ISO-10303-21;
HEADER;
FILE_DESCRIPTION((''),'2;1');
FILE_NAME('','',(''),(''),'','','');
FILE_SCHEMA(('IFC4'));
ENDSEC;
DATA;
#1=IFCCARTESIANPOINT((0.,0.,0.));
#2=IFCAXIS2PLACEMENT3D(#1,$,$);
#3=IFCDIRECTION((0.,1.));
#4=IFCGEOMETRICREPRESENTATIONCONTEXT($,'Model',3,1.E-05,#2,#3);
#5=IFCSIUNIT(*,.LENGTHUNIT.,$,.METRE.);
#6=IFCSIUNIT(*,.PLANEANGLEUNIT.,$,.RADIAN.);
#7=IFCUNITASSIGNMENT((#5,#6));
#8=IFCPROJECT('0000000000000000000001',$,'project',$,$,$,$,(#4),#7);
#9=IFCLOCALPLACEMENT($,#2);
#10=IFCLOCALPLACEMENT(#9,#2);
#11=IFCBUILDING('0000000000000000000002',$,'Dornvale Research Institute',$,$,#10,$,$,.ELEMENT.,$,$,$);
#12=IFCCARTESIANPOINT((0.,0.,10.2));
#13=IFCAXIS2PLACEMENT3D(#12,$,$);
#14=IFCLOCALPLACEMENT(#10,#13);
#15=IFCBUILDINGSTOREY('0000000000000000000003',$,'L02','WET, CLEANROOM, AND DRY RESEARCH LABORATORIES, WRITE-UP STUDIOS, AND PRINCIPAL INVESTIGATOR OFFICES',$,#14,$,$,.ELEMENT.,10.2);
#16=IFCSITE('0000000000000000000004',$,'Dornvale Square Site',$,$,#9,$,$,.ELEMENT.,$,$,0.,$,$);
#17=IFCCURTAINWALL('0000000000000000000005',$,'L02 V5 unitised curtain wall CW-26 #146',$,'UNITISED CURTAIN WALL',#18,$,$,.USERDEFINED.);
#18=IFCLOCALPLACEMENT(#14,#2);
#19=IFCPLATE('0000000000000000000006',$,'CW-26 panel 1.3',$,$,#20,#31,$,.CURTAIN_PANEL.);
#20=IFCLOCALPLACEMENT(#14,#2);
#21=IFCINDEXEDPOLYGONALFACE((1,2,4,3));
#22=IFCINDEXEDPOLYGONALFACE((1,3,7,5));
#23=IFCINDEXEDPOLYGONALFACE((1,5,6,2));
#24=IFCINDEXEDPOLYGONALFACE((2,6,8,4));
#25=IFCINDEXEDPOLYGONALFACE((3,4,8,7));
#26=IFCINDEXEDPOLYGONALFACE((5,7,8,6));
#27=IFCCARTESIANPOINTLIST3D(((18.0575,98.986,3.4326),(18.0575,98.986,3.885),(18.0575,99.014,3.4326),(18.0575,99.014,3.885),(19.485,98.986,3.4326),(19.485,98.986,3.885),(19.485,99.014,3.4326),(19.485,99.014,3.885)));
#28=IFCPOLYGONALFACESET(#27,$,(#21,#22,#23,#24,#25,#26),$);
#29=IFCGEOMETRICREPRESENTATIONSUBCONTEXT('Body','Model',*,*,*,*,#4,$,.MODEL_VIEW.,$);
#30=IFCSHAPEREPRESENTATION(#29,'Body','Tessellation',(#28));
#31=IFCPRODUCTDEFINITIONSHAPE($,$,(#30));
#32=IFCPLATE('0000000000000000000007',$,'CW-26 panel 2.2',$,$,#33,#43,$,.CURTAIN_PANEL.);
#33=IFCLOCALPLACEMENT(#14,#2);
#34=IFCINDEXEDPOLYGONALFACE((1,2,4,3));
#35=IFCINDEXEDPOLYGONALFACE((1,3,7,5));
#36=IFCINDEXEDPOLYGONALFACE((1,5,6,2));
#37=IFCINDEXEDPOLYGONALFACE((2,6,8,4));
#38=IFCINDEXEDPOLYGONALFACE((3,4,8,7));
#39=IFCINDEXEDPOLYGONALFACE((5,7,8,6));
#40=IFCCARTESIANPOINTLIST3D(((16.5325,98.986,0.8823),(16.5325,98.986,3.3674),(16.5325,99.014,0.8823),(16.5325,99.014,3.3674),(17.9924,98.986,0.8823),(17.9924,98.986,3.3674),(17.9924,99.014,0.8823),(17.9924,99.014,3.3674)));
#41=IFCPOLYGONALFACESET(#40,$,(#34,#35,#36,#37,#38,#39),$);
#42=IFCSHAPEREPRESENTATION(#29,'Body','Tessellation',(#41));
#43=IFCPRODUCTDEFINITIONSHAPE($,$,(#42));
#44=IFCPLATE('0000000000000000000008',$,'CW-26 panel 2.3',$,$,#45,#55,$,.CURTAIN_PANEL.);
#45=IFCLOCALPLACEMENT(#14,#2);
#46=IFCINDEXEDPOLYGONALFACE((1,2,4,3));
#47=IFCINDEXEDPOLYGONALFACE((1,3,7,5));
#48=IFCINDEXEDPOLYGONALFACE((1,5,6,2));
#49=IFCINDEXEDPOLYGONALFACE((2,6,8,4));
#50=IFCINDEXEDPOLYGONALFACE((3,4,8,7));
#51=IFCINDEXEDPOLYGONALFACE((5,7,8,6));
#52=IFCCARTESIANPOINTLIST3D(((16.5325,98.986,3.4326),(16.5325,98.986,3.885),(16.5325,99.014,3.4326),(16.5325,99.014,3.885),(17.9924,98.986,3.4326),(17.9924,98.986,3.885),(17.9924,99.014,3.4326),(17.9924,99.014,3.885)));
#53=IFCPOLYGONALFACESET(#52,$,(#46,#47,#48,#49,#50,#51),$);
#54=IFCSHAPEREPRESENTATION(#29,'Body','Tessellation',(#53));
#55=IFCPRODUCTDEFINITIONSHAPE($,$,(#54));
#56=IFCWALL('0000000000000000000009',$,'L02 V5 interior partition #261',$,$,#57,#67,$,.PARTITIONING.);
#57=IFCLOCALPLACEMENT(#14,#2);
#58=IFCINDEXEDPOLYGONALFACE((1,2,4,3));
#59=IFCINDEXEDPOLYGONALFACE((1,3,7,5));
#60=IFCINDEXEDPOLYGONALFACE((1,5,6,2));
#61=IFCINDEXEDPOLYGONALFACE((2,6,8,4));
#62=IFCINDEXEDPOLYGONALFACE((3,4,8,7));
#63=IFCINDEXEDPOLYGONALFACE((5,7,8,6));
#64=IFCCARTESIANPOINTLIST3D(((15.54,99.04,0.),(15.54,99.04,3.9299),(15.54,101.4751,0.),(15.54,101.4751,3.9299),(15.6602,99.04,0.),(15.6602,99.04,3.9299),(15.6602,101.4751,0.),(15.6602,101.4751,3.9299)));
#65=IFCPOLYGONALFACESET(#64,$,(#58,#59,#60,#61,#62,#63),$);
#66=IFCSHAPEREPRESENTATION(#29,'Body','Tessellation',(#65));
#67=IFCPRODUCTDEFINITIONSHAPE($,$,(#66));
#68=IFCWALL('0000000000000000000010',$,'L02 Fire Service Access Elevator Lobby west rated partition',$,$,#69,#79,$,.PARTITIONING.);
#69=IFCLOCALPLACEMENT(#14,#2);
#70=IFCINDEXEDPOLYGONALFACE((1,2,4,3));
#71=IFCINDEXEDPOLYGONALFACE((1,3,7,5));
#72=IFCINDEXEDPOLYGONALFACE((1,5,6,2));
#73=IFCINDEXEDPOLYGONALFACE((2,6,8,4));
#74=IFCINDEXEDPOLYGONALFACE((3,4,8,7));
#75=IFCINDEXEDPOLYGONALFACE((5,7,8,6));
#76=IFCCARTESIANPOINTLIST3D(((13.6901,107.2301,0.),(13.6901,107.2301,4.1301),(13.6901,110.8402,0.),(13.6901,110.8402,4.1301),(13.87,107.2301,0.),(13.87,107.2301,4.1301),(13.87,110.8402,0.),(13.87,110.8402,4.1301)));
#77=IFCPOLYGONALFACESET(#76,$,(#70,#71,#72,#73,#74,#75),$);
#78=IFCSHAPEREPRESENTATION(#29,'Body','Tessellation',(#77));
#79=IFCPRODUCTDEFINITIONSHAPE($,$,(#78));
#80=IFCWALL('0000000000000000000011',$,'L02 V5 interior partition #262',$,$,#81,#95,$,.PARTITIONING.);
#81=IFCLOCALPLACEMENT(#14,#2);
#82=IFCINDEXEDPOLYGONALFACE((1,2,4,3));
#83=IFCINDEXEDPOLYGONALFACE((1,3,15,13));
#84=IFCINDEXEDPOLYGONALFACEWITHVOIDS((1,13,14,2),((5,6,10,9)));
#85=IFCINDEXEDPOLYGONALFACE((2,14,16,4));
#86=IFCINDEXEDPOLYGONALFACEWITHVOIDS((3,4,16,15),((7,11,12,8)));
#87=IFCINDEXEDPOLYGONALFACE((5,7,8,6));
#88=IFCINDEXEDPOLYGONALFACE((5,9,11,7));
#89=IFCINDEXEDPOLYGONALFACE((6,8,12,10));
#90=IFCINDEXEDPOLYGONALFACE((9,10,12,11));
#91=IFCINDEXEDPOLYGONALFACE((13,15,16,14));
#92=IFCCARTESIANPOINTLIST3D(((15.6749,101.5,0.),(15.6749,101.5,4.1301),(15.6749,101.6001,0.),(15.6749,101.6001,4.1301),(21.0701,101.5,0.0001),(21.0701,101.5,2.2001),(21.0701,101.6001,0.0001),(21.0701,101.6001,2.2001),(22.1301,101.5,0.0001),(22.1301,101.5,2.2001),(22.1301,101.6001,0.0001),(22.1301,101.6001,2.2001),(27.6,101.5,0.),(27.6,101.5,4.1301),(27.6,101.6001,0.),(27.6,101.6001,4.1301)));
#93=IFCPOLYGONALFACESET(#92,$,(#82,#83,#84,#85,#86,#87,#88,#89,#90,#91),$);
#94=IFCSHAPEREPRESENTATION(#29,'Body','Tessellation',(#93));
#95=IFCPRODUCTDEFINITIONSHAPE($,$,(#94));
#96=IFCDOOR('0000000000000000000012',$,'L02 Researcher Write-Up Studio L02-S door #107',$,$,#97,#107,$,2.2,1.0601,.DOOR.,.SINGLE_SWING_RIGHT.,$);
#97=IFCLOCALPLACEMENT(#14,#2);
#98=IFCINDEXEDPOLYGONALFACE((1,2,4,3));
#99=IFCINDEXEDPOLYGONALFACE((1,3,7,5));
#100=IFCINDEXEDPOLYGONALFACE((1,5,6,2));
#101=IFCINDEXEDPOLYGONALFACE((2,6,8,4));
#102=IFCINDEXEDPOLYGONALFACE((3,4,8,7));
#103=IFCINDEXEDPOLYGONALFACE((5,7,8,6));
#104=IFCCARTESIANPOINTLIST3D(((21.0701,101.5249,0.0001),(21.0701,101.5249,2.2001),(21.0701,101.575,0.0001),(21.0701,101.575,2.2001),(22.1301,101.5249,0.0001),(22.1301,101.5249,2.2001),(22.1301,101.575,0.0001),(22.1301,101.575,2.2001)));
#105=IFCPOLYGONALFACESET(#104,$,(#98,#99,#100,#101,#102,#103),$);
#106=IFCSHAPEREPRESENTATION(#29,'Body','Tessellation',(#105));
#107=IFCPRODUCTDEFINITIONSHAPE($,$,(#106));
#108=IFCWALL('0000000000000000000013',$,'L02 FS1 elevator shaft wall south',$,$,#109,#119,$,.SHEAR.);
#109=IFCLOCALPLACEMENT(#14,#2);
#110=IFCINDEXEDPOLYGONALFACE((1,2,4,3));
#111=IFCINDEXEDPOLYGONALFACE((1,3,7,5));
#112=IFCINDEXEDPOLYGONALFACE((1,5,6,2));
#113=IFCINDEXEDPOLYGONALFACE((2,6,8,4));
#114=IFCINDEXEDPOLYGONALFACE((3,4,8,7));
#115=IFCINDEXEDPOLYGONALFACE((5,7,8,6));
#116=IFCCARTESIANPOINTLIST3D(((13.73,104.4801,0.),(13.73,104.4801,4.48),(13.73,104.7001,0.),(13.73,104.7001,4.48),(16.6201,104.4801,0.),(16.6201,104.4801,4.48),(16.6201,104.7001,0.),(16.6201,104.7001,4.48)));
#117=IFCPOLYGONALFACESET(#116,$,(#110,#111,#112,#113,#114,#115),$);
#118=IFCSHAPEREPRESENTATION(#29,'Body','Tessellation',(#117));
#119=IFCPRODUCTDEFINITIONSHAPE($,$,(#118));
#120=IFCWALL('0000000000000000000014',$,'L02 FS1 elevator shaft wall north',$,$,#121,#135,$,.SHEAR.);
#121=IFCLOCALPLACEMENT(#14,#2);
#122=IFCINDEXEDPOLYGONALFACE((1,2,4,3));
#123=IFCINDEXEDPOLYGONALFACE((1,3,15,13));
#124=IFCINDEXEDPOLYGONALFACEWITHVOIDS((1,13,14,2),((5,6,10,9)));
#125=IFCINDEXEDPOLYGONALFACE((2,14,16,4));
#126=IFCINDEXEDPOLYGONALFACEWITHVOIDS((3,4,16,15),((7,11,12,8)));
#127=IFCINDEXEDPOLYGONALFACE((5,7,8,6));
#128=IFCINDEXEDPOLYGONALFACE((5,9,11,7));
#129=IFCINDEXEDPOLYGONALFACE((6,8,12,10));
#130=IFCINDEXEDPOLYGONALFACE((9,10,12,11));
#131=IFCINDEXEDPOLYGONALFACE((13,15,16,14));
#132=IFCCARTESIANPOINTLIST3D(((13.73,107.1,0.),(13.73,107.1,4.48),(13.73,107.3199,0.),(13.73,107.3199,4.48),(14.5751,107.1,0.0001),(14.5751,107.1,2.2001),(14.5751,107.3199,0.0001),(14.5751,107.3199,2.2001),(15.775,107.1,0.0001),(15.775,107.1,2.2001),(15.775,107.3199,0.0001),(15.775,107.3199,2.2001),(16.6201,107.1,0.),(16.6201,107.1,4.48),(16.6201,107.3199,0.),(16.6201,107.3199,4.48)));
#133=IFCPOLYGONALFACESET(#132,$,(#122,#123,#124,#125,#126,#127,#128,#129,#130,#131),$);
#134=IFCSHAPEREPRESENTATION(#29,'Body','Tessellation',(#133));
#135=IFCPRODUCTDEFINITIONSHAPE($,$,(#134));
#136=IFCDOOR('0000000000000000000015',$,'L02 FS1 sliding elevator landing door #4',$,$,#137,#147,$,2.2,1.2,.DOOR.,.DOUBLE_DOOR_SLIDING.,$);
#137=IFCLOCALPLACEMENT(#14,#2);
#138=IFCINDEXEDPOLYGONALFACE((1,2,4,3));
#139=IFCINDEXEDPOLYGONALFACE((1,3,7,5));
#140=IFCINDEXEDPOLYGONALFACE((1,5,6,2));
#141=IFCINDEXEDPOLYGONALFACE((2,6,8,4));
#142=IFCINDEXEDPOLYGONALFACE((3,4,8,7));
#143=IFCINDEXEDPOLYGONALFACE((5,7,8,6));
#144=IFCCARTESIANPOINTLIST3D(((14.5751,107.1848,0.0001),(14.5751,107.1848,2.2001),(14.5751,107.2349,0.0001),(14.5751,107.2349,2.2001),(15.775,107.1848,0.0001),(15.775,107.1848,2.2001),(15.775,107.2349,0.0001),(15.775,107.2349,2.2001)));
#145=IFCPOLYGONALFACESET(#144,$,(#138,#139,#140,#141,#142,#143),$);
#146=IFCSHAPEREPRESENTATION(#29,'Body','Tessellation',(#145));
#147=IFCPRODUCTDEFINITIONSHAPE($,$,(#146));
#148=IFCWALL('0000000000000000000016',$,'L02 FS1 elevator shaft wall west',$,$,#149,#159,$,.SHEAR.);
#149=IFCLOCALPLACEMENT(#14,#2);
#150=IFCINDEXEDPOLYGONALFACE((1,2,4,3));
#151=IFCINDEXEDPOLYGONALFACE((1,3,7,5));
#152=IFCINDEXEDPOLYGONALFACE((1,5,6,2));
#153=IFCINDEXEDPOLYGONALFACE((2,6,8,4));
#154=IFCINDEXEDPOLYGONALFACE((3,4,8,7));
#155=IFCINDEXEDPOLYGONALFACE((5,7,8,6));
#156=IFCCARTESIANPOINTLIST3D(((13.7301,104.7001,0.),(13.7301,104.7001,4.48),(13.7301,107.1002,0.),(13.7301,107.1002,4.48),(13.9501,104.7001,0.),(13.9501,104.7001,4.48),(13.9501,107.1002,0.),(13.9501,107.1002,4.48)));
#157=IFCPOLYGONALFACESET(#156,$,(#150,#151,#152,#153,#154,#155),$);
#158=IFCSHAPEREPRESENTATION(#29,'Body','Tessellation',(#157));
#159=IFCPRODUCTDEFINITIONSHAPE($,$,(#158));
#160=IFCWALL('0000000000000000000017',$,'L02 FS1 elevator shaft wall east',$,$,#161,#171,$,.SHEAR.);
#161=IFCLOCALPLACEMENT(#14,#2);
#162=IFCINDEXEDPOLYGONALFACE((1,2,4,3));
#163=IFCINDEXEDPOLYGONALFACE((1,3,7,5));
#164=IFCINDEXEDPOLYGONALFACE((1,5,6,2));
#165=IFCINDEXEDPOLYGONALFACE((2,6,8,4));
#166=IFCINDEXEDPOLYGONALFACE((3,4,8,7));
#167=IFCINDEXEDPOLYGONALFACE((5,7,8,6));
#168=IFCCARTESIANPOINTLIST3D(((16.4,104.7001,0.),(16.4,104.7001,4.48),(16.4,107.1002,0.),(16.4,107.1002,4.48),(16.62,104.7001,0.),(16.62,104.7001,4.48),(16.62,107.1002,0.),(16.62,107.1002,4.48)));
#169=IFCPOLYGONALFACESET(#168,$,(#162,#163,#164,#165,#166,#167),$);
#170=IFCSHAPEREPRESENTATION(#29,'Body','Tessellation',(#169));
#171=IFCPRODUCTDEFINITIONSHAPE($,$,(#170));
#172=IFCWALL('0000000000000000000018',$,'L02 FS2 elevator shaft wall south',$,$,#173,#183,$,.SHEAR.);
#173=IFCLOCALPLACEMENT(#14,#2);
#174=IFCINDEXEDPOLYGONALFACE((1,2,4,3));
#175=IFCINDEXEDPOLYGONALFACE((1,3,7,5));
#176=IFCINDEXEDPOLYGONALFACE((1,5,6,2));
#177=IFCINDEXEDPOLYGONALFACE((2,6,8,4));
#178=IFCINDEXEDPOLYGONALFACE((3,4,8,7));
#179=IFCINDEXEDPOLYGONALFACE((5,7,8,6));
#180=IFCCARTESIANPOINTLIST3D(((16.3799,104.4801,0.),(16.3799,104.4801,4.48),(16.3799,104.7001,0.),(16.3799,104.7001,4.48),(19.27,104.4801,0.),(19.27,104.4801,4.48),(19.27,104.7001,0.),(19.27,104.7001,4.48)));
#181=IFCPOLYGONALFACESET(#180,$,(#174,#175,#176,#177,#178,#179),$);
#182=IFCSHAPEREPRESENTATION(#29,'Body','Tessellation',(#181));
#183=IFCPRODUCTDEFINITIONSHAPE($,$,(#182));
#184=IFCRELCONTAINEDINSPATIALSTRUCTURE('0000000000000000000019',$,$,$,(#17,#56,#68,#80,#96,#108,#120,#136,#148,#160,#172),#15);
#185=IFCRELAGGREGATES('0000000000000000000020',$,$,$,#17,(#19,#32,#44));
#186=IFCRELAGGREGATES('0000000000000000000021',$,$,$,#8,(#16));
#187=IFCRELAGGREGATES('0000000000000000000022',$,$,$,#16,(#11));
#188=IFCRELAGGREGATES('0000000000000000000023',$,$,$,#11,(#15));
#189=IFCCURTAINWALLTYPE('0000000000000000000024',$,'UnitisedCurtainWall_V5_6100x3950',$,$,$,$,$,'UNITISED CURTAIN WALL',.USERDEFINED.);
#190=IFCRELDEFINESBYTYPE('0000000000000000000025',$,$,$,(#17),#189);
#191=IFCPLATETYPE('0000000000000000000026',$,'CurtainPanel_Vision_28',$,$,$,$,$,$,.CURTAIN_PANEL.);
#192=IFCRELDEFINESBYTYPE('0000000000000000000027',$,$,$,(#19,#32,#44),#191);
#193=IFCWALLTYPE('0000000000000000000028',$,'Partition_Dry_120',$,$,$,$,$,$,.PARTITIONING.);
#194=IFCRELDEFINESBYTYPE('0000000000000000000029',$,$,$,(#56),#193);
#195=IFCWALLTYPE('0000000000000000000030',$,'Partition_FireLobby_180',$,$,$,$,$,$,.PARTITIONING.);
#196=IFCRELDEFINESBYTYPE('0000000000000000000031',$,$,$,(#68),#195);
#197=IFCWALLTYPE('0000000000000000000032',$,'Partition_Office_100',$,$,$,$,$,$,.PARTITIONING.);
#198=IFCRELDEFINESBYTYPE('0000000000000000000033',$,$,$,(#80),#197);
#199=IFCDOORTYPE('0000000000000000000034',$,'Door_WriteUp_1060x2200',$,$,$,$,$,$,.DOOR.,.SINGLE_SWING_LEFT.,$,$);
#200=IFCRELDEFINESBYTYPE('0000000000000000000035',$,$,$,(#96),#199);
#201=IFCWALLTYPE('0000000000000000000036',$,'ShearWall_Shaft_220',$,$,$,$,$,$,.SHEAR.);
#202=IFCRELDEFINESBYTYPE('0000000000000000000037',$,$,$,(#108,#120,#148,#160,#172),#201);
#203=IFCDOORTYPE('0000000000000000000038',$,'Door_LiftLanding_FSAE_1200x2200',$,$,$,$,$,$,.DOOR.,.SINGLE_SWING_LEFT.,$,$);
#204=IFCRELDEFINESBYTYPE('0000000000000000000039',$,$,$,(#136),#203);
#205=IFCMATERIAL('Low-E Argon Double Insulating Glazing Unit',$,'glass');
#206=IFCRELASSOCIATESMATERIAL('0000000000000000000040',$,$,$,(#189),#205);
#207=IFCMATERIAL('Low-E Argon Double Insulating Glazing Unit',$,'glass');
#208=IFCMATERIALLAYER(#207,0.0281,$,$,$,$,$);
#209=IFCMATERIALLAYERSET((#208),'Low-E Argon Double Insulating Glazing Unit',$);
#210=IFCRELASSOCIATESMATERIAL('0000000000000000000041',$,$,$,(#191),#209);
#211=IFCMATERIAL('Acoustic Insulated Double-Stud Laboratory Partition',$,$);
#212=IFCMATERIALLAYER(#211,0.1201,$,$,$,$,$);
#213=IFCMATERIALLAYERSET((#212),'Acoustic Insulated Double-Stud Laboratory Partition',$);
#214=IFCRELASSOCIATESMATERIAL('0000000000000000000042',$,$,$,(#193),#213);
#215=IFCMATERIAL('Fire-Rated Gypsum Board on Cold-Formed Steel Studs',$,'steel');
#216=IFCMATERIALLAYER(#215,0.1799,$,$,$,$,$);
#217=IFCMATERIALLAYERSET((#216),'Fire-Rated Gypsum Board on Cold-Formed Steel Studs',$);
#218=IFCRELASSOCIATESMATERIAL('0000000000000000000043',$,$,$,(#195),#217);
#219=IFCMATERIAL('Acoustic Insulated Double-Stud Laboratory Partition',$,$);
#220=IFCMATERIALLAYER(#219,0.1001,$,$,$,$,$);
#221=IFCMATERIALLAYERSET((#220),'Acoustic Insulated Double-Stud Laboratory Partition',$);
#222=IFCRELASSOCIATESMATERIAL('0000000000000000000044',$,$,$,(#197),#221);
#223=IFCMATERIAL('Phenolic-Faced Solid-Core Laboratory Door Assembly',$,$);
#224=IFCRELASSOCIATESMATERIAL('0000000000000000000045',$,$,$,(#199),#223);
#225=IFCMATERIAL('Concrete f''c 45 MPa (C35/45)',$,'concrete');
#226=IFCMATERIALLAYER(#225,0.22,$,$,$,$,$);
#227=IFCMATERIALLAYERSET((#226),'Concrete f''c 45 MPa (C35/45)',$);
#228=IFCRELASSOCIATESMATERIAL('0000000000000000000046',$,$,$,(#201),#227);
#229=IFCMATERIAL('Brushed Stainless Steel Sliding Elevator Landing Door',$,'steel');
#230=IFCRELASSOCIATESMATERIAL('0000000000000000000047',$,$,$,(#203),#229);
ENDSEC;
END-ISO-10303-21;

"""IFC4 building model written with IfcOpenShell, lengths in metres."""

from ifc_helpers import new_model, si_unit, direction, frame, frame_2d, origin, origin_2d, place, context, subcontext, project, spatial, rectangle, extrude, material, layer, layer_set, type_object, element, fill, aggregate, save


model = new_model("IFC4")

# Units and contexts
model_context = context("Model", 3, precision=1e-05, world=origin(), true_north=direction((0.0, 1.0)))
body_context = subcontext(model_context, "Body", "Model", "MODEL_VIEW")
ifc_project = project(units=[si_unit("LENGTHUNIT", "METRE"), si_unit("PLANEANGLEUNIT", "RADIAN")], contexts=[model_context])

# Site, building, storey
site_placement = place(None, origin())
site = spatial("IfcSite", under=ifc_project, at=site_placement, Name="Dornvale Square Site", CompositionType="ELEMENT", RefElevation=0.0)
building_placement = place(site_placement, origin())
building = spatial("IfcBuilding", under=site, at=building_placement, Name="Dornvale Research Institute", CompositionType="ELEMENT")
storey_placement = place(building_placement, frame((0.0, 0.0, 10.2)))
storey = spatial("IfcBuildingStorey", under=building, at=storey_placement, Name="L02", Description="WET, CLEANROOM, AND DRY RESEARCH LABORATORIES, WRITE-UP STUDIOS, AND PRINCIPAL INVESTIGATOR OFFICES", CompositionType="ELEMENT", Elevation=10.2)

# Curtain wall, plates
ifc_material_1 = material(Name="Low-E Argon Double Insulating Glazing Unit", Category="glass")
curtain_wall_type = type_object("IfcCurtainWallType", Name="UnitisedCurtainWall_V5_6100x3950", ElementType="UNITISED CURTAIN WALL", PredefinedType="USERDEFINED", material=ifc_material_1)
curtain_wall_placement = place(storey_placement, origin())
curtain_wall = element("IfcCurtainWall", 1, at=curtain_wall_placement, inside=storey, type_object=curtain_wall_type, Name="L02 V5 unitised curtain wall CW-26 #146", ObjectType="UNITISED CURTAIN WALL", PredefinedType="USERDEFINED")
ifc_material_2 = material(Name="Low-E Argon Double Insulating Glazing Unit", Category="glass")
ifc_layer_1 = layer(ifc_material_2, 0.0281)
ifc_layer_set_1 = layer_set([ifc_layer_1], Name="Low-E Argon Double Insulating Glazing Unit")
plate_type_1 = type_object("IfcPlateType", Name="CurtainPanel_Vision_28", PredefinedType="CURTAIN_PANEL", material=ifc_layer_set_1)
plate_1_placement = place(storey_placement, frame((18.7712, 99.0, 3.4326), z_axis=(0.0, 0.0, 1.0), x_axis=(-1.0, 0.0, 0.0)))
plate_1 = element("IfcPlate", 2, at=plate_1_placement, type_object=plate_type_1, Name="CW-26 panel 1.3", PredefinedType="CURTAIN_PANEL", context=body_context, shape_type="SweptSolid", body=[
    extrude(rectangle(XDim=1.4275, YDim=0.0281, at=origin_2d()), origin(), (0.0, 0.0, 1.0), 0.4524),
])
plate_2_placement = place(storey_placement, frame((17.2625, 99.0, 0.8823), z_axis=(0.0, 0.0, 1.0), x_axis=(-1.0, 0.0, 0.0)))
plate_2 = element("IfcPlate", 3, at=plate_2_placement, type_object=plate_type_1, Name="CW-26 panel 2.2", PredefinedType="CURTAIN_PANEL", context=body_context, shape_type="SweptSolid", body=[
    extrude(rectangle(XDim=1.46, YDim=0.0281, at=origin_2d()), origin(), (0.0, 0.0, 1.0), 2.4851),
])
plate_3_placement = place(storey_placement, frame((17.2625, 99.0, 3.4326), z_axis=(0.0, 0.0, 1.0), x_axis=(-1.0, 0.0, 0.0)))
plate_3 = element("IfcPlate", 4, at=plate_3_placement, type_object=plate_type_1, Name="CW-26 panel 2.3", PredefinedType="CURTAIN_PANEL", context=body_context, shape_type="SweptSolid", body=[
    extrude(rectangle(XDim=1.46, YDim=0.0281, at=origin_2d()), origin(), (0.0, 0.0, 1.0), 0.4524),
])
aggregate(curtain_wall, [plate_1, plate_2, plate_3])

# Walls
ifc_material_3 = material(Name="Acoustic Insulated Double-Stud Laboratory Partition")
ifc_layer_2 = layer(ifc_material_3, 0.1201)
ifc_layer_set_2 = layer_set([ifc_layer_2], Name="Acoustic Insulated Double-Stud Laboratory Partition")
wall_type_1 = type_object("IfcWallType", Name="Partition_Dry_120", PredefinedType="PARTITIONING", material=ifc_layer_set_2)
wall_1_placement = place(storey_placement, frame((15.6001, 99.04, 0.0), z_axis=(0.0, 0.0, 1.0), x_axis=(0.0, 1.0, 0.0)))
element("IfcWall", 5, at=wall_1_placement, inside=storey, type_object=wall_type_1, Name="L02 V5 interior partition #261", PredefinedType="PARTITIONING", context=body_context, shape_type="SweptSolid", body=[
    extrude(rectangle(XDim=2.4351, YDim=0.1201, at=frame_2d((1.2175, 0.0))), origin(), (0.0, 0.0, 1.0), 3.9299),
])
ifc_material_4 = material(Name="Fire-Rated Gypsum Board on Cold-Formed Steel Studs", Category="steel")
ifc_layer_3 = layer(ifc_material_4, 0.1799)
ifc_layer_set_3 = layer_set([ifc_layer_3], Name="Fire-Rated Gypsum Board on Cold-Formed Steel Studs")
wall_type_2 = type_object("IfcWallType", Name="Partition_FireLobby_180", PredefinedType="PARTITIONING", material=ifc_layer_set_3)
wall_2_placement = place(storey_placement, frame((13.78, 107.23, 0.0), z_axis=(0.0, 0.0, 1.0), x_axis=(0.0, 1.0, 0.0)))
element("IfcWall", 6, at=wall_2_placement, inside=storey, type_object=wall_type_2, Name="L02 Fire Service Access Elevator Lobby west rated partition", PredefinedType="PARTITIONING", context=body_context, shape_type="SweptSolid", body=[
    extrude(rectangle(XDim=3.6101, YDim=0.1799, at=frame_2d((1.8052, 0.0))), origin(), (0.0, 0.0, 1.0), 4.1301),
])

# Wall, opening, door
ifc_material_5 = material(Name="Acoustic Insulated Double-Stud Laboratory Partition")
ifc_layer_4 = layer(ifc_material_5, 0.1001)
ifc_layer_set_4 = layer_set([ifc_layer_4], Name="Acoustic Insulated Double-Stud Laboratory Partition")
wall_type_3 = type_object("IfcWallType", Name="Partition_Office_100", PredefinedType="PARTITIONING", material=ifc_layer_set_4)
wall_3_placement = place(storey_placement, frame((15.675, 101.55, 0.0), z_axis=(0.0, 0.0, 1.0), x_axis=(1.0, 0.0, 0.0)))
wall_3 = element("IfcWall", 7, at=wall_3_placement, inside=storey, type_object=wall_type_3, Name="L02 V5 interior partition #262", PredefinedType="PARTITIONING", context=body_context, shape_type="SweptSolid", body=[
    extrude(rectangle(XDim=11.925, YDim=0.1001, at=frame_2d((5.9624, 0.0))), origin(), (0.0, 0.0, 1.0), 4.1301),
])
opening_1_placement = place(wall_3_placement, frame((5.395, 0.0, 0.0)))
opening_1 = element("IfcOpeningElement", 8, at=opening_1_placement, cuts=wall_3, PredefinedType="OPENING", context=body_context, shape_type="SweptSolid", body=[
    extrude(rectangle(XDim=1.0601, YDim=2.2, at=frame_2d((0.53, 1.1001))), frame((0.0, 0.0649, 0.0), z_axis=(0.0, -1.0, 0.0), x_axis=(1.0, 0.0, 0.0)), (0.0, 0.0, 1.0), 0.1301),
])
ifc_material_6 = material(Name="Phenolic-Faced Solid-Core Laboratory Door Assembly")
door_type_1 = type_object("IfcDoorType", Name="Door_WriteUp_1060x2200", OperationType="SINGLE_SWING_LEFT", PredefinedType="DOOR", material=ifc_material_6)
door_1_placement = place(opening_1_placement, origin())
door_1 = element("IfcDoor", 9, at=door_1_placement, inside=storey, type_object=door_type_1, Name="L02 Researcher Write-Up Studio L02-S door #107", OperationType="SINGLE_SWING_RIGHT", OverallHeight=2.2, OverallWidth=1.0601, PredefinedType="DOOR", context=body_context, shape_type="SweptSolid", body=[
    extrude(rectangle(XDim=1.0601, YDim=2.2, at=frame_2d((0.53, 1.1001))), frame((0.0, 0.0249, 0.0), z_axis=(0.0, -1.0, 0.0), x_axis=(1.0, 0.0, 0.0)), (0.0, 0.0, 1.0), 0.05),
])
fill(opening_1, door_1)

# Wall
ifc_material_7 = material(Name="Concrete f'c 45 MPa (C35/45)", Category="concrete")
ifc_layer_5 = layer(ifc_material_7, 0.22)
ifc_layer_set_5 = layer_set([ifc_layer_5], Name="Concrete f'c 45 MPa (C35/45)")
wall_type_4 = type_object("IfcWallType", Name="ShearWall_Shaft_220", PredefinedType="SHEAR", material=ifc_layer_set_5)
wall_4_placement = place(storey_placement, frame((13.73, 104.5901, 0.0), z_axis=(0.0, 0.0, 1.0), x_axis=(1.0, 0.0, 0.0)))
element("IfcWall", 10, at=wall_4_placement, inside=storey, type_object=wall_type_4, Name="L02 FS1 elevator shaft wall south", PredefinedType="SHEAR", context=body_context, shape_type="SweptSolid", body=[
    extrude(rectangle(XDim=2.8901, YDim=0.22, at=frame_2d((1.4451, 0.0))), origin(), (0.0, 0.0, 1.0), 4.48),
])

# Wall, opening, door
wall_5_placement = place(storey_placement, frame((13.73, 107.21, 0.0), z_axis=(0.0, 0.0, 1.0), x_axis=(1.0, 0.0, 0.0)))
wall_5 = element("IfcWall", 11, at=wall_5_placement, inside=storey, type_object=wall_type_4, Name="L02 FS1 elevator shaft wall north", PredefinedType="SHEAR", context=body_context, shape_type="SweptSolid", body=[
    extrude(rectangle(XDim=2.8901, YDim=0.22, at=frame_2d((1.4451, 0.0))), origin(), (0.0, 0.0, 1.0), 4.48),
])
opening_2_placement = place(wall_5_placement, frame((0.845, 0.0, 0.0)))
opening_2 = element("IfcOpeningElement", 12, at=opening_2_placement, cuts=wall_5, PredefinedType="OPENING", context=body_context, shape_type="SweptSolid", body=[
    extrude(rectangle(XDim=1.2, YDim=2.2, at=frame_2d((0.6001, 1.1001))), frame((0.0, 0.125, 0.0), z_axis=(0.0, -1.0, 0.0), x_axis=(1.0, 0.0, 0.0)), (0.0, 0.0, 1.0), 0.25),
])
ifc_material_8 = material(Name="Brushed Stainless Steel Sliding Elevator Landing Door", Category="steel")
door_type_2 = type_object("IfcDoorType", Name="Door_LiftLanding_FSAE_1200x2200", OperationType="SINGLE_SWING_LEFT", PredefinedType="DOOR", material=ifc_material_8)
door_2_placement = place(opening_2_placement, origin())
door_2 = element("IfcDoor", 13, at=door_2_placement, inside=storey, type_object=door_type_2, Name="L02 FS1 sliding elevator landing door #4", OperationType="DOUBLE_DOOR_SLIDING", OverallHeight=2.2, OverallWidth=1.2, PredefinedType="DOOR", context=body_context, shape_type="SweptSolid", body=[
    extrude(rectangle(XDim=1.2, YDim=2.2, at=frame_2d((0.6001, 1.1001))), frame((0.0, 0.0249, 0.0), z_axis=(0.0, -1.0, 0.0), x_axis=(1.0, 0.0, 0.0)), (0.0, 0.0, 1.0), 0.05),
])
fill(opening_2, door_2)

# Walls
for number, where, z_axis, x_axis, name in (
    (14, (13.8401, 104.7, 0.0), (0.0, 0.0, 1.0), (0.0, 1.0, 0.0), "L02 FS1 elevator shaft wall west"),
    (15, (16.51, 104.7, 0.0), (0.0, 0.0, 1.0), (0.0, 1.0, 0.0), "L02 FS1 elevator shaft wall east"),
):
    element("IfcWall", number, at=place(storey_placement, frame(where, z_axis=z_axis, x_axis=x_axis)), inside=storey, type_object=wall_type_4, Name=name, PredefinedType="SHEAR", context=body_context, shape_type="SweptSolid", body=[
        extrude(rectangle(XDim=2.4001, YDim=0.22, at=frame_2d((1.2002, 0.0))), origin(), (0.0, 0.0, 1.0), 4.48),
    ])
wall_6_placement = place(storey_placement, frame((16.3799, 104.5901, 0.0), z_axis=(0.0, 0.0, 1.0), x_axis=(1.0, 0.0, 0.0)))
element("IfcWall", 16, at=wall_6_placement, inside=storey, type_object=wall_type_4, Name="L02 FS2 elevator shaft wall south", PredefinedType="SHEAR", context=body_context, shape_type="SweptSolid", body=[
    extrude(rectangle(XDim=2.8901, YDim=0.22, at=frame_2d((1.4451, 0.0))), origin(), (0.0, 0.0, 1.0), 4.48),
])

save(model, "model.ifc")
